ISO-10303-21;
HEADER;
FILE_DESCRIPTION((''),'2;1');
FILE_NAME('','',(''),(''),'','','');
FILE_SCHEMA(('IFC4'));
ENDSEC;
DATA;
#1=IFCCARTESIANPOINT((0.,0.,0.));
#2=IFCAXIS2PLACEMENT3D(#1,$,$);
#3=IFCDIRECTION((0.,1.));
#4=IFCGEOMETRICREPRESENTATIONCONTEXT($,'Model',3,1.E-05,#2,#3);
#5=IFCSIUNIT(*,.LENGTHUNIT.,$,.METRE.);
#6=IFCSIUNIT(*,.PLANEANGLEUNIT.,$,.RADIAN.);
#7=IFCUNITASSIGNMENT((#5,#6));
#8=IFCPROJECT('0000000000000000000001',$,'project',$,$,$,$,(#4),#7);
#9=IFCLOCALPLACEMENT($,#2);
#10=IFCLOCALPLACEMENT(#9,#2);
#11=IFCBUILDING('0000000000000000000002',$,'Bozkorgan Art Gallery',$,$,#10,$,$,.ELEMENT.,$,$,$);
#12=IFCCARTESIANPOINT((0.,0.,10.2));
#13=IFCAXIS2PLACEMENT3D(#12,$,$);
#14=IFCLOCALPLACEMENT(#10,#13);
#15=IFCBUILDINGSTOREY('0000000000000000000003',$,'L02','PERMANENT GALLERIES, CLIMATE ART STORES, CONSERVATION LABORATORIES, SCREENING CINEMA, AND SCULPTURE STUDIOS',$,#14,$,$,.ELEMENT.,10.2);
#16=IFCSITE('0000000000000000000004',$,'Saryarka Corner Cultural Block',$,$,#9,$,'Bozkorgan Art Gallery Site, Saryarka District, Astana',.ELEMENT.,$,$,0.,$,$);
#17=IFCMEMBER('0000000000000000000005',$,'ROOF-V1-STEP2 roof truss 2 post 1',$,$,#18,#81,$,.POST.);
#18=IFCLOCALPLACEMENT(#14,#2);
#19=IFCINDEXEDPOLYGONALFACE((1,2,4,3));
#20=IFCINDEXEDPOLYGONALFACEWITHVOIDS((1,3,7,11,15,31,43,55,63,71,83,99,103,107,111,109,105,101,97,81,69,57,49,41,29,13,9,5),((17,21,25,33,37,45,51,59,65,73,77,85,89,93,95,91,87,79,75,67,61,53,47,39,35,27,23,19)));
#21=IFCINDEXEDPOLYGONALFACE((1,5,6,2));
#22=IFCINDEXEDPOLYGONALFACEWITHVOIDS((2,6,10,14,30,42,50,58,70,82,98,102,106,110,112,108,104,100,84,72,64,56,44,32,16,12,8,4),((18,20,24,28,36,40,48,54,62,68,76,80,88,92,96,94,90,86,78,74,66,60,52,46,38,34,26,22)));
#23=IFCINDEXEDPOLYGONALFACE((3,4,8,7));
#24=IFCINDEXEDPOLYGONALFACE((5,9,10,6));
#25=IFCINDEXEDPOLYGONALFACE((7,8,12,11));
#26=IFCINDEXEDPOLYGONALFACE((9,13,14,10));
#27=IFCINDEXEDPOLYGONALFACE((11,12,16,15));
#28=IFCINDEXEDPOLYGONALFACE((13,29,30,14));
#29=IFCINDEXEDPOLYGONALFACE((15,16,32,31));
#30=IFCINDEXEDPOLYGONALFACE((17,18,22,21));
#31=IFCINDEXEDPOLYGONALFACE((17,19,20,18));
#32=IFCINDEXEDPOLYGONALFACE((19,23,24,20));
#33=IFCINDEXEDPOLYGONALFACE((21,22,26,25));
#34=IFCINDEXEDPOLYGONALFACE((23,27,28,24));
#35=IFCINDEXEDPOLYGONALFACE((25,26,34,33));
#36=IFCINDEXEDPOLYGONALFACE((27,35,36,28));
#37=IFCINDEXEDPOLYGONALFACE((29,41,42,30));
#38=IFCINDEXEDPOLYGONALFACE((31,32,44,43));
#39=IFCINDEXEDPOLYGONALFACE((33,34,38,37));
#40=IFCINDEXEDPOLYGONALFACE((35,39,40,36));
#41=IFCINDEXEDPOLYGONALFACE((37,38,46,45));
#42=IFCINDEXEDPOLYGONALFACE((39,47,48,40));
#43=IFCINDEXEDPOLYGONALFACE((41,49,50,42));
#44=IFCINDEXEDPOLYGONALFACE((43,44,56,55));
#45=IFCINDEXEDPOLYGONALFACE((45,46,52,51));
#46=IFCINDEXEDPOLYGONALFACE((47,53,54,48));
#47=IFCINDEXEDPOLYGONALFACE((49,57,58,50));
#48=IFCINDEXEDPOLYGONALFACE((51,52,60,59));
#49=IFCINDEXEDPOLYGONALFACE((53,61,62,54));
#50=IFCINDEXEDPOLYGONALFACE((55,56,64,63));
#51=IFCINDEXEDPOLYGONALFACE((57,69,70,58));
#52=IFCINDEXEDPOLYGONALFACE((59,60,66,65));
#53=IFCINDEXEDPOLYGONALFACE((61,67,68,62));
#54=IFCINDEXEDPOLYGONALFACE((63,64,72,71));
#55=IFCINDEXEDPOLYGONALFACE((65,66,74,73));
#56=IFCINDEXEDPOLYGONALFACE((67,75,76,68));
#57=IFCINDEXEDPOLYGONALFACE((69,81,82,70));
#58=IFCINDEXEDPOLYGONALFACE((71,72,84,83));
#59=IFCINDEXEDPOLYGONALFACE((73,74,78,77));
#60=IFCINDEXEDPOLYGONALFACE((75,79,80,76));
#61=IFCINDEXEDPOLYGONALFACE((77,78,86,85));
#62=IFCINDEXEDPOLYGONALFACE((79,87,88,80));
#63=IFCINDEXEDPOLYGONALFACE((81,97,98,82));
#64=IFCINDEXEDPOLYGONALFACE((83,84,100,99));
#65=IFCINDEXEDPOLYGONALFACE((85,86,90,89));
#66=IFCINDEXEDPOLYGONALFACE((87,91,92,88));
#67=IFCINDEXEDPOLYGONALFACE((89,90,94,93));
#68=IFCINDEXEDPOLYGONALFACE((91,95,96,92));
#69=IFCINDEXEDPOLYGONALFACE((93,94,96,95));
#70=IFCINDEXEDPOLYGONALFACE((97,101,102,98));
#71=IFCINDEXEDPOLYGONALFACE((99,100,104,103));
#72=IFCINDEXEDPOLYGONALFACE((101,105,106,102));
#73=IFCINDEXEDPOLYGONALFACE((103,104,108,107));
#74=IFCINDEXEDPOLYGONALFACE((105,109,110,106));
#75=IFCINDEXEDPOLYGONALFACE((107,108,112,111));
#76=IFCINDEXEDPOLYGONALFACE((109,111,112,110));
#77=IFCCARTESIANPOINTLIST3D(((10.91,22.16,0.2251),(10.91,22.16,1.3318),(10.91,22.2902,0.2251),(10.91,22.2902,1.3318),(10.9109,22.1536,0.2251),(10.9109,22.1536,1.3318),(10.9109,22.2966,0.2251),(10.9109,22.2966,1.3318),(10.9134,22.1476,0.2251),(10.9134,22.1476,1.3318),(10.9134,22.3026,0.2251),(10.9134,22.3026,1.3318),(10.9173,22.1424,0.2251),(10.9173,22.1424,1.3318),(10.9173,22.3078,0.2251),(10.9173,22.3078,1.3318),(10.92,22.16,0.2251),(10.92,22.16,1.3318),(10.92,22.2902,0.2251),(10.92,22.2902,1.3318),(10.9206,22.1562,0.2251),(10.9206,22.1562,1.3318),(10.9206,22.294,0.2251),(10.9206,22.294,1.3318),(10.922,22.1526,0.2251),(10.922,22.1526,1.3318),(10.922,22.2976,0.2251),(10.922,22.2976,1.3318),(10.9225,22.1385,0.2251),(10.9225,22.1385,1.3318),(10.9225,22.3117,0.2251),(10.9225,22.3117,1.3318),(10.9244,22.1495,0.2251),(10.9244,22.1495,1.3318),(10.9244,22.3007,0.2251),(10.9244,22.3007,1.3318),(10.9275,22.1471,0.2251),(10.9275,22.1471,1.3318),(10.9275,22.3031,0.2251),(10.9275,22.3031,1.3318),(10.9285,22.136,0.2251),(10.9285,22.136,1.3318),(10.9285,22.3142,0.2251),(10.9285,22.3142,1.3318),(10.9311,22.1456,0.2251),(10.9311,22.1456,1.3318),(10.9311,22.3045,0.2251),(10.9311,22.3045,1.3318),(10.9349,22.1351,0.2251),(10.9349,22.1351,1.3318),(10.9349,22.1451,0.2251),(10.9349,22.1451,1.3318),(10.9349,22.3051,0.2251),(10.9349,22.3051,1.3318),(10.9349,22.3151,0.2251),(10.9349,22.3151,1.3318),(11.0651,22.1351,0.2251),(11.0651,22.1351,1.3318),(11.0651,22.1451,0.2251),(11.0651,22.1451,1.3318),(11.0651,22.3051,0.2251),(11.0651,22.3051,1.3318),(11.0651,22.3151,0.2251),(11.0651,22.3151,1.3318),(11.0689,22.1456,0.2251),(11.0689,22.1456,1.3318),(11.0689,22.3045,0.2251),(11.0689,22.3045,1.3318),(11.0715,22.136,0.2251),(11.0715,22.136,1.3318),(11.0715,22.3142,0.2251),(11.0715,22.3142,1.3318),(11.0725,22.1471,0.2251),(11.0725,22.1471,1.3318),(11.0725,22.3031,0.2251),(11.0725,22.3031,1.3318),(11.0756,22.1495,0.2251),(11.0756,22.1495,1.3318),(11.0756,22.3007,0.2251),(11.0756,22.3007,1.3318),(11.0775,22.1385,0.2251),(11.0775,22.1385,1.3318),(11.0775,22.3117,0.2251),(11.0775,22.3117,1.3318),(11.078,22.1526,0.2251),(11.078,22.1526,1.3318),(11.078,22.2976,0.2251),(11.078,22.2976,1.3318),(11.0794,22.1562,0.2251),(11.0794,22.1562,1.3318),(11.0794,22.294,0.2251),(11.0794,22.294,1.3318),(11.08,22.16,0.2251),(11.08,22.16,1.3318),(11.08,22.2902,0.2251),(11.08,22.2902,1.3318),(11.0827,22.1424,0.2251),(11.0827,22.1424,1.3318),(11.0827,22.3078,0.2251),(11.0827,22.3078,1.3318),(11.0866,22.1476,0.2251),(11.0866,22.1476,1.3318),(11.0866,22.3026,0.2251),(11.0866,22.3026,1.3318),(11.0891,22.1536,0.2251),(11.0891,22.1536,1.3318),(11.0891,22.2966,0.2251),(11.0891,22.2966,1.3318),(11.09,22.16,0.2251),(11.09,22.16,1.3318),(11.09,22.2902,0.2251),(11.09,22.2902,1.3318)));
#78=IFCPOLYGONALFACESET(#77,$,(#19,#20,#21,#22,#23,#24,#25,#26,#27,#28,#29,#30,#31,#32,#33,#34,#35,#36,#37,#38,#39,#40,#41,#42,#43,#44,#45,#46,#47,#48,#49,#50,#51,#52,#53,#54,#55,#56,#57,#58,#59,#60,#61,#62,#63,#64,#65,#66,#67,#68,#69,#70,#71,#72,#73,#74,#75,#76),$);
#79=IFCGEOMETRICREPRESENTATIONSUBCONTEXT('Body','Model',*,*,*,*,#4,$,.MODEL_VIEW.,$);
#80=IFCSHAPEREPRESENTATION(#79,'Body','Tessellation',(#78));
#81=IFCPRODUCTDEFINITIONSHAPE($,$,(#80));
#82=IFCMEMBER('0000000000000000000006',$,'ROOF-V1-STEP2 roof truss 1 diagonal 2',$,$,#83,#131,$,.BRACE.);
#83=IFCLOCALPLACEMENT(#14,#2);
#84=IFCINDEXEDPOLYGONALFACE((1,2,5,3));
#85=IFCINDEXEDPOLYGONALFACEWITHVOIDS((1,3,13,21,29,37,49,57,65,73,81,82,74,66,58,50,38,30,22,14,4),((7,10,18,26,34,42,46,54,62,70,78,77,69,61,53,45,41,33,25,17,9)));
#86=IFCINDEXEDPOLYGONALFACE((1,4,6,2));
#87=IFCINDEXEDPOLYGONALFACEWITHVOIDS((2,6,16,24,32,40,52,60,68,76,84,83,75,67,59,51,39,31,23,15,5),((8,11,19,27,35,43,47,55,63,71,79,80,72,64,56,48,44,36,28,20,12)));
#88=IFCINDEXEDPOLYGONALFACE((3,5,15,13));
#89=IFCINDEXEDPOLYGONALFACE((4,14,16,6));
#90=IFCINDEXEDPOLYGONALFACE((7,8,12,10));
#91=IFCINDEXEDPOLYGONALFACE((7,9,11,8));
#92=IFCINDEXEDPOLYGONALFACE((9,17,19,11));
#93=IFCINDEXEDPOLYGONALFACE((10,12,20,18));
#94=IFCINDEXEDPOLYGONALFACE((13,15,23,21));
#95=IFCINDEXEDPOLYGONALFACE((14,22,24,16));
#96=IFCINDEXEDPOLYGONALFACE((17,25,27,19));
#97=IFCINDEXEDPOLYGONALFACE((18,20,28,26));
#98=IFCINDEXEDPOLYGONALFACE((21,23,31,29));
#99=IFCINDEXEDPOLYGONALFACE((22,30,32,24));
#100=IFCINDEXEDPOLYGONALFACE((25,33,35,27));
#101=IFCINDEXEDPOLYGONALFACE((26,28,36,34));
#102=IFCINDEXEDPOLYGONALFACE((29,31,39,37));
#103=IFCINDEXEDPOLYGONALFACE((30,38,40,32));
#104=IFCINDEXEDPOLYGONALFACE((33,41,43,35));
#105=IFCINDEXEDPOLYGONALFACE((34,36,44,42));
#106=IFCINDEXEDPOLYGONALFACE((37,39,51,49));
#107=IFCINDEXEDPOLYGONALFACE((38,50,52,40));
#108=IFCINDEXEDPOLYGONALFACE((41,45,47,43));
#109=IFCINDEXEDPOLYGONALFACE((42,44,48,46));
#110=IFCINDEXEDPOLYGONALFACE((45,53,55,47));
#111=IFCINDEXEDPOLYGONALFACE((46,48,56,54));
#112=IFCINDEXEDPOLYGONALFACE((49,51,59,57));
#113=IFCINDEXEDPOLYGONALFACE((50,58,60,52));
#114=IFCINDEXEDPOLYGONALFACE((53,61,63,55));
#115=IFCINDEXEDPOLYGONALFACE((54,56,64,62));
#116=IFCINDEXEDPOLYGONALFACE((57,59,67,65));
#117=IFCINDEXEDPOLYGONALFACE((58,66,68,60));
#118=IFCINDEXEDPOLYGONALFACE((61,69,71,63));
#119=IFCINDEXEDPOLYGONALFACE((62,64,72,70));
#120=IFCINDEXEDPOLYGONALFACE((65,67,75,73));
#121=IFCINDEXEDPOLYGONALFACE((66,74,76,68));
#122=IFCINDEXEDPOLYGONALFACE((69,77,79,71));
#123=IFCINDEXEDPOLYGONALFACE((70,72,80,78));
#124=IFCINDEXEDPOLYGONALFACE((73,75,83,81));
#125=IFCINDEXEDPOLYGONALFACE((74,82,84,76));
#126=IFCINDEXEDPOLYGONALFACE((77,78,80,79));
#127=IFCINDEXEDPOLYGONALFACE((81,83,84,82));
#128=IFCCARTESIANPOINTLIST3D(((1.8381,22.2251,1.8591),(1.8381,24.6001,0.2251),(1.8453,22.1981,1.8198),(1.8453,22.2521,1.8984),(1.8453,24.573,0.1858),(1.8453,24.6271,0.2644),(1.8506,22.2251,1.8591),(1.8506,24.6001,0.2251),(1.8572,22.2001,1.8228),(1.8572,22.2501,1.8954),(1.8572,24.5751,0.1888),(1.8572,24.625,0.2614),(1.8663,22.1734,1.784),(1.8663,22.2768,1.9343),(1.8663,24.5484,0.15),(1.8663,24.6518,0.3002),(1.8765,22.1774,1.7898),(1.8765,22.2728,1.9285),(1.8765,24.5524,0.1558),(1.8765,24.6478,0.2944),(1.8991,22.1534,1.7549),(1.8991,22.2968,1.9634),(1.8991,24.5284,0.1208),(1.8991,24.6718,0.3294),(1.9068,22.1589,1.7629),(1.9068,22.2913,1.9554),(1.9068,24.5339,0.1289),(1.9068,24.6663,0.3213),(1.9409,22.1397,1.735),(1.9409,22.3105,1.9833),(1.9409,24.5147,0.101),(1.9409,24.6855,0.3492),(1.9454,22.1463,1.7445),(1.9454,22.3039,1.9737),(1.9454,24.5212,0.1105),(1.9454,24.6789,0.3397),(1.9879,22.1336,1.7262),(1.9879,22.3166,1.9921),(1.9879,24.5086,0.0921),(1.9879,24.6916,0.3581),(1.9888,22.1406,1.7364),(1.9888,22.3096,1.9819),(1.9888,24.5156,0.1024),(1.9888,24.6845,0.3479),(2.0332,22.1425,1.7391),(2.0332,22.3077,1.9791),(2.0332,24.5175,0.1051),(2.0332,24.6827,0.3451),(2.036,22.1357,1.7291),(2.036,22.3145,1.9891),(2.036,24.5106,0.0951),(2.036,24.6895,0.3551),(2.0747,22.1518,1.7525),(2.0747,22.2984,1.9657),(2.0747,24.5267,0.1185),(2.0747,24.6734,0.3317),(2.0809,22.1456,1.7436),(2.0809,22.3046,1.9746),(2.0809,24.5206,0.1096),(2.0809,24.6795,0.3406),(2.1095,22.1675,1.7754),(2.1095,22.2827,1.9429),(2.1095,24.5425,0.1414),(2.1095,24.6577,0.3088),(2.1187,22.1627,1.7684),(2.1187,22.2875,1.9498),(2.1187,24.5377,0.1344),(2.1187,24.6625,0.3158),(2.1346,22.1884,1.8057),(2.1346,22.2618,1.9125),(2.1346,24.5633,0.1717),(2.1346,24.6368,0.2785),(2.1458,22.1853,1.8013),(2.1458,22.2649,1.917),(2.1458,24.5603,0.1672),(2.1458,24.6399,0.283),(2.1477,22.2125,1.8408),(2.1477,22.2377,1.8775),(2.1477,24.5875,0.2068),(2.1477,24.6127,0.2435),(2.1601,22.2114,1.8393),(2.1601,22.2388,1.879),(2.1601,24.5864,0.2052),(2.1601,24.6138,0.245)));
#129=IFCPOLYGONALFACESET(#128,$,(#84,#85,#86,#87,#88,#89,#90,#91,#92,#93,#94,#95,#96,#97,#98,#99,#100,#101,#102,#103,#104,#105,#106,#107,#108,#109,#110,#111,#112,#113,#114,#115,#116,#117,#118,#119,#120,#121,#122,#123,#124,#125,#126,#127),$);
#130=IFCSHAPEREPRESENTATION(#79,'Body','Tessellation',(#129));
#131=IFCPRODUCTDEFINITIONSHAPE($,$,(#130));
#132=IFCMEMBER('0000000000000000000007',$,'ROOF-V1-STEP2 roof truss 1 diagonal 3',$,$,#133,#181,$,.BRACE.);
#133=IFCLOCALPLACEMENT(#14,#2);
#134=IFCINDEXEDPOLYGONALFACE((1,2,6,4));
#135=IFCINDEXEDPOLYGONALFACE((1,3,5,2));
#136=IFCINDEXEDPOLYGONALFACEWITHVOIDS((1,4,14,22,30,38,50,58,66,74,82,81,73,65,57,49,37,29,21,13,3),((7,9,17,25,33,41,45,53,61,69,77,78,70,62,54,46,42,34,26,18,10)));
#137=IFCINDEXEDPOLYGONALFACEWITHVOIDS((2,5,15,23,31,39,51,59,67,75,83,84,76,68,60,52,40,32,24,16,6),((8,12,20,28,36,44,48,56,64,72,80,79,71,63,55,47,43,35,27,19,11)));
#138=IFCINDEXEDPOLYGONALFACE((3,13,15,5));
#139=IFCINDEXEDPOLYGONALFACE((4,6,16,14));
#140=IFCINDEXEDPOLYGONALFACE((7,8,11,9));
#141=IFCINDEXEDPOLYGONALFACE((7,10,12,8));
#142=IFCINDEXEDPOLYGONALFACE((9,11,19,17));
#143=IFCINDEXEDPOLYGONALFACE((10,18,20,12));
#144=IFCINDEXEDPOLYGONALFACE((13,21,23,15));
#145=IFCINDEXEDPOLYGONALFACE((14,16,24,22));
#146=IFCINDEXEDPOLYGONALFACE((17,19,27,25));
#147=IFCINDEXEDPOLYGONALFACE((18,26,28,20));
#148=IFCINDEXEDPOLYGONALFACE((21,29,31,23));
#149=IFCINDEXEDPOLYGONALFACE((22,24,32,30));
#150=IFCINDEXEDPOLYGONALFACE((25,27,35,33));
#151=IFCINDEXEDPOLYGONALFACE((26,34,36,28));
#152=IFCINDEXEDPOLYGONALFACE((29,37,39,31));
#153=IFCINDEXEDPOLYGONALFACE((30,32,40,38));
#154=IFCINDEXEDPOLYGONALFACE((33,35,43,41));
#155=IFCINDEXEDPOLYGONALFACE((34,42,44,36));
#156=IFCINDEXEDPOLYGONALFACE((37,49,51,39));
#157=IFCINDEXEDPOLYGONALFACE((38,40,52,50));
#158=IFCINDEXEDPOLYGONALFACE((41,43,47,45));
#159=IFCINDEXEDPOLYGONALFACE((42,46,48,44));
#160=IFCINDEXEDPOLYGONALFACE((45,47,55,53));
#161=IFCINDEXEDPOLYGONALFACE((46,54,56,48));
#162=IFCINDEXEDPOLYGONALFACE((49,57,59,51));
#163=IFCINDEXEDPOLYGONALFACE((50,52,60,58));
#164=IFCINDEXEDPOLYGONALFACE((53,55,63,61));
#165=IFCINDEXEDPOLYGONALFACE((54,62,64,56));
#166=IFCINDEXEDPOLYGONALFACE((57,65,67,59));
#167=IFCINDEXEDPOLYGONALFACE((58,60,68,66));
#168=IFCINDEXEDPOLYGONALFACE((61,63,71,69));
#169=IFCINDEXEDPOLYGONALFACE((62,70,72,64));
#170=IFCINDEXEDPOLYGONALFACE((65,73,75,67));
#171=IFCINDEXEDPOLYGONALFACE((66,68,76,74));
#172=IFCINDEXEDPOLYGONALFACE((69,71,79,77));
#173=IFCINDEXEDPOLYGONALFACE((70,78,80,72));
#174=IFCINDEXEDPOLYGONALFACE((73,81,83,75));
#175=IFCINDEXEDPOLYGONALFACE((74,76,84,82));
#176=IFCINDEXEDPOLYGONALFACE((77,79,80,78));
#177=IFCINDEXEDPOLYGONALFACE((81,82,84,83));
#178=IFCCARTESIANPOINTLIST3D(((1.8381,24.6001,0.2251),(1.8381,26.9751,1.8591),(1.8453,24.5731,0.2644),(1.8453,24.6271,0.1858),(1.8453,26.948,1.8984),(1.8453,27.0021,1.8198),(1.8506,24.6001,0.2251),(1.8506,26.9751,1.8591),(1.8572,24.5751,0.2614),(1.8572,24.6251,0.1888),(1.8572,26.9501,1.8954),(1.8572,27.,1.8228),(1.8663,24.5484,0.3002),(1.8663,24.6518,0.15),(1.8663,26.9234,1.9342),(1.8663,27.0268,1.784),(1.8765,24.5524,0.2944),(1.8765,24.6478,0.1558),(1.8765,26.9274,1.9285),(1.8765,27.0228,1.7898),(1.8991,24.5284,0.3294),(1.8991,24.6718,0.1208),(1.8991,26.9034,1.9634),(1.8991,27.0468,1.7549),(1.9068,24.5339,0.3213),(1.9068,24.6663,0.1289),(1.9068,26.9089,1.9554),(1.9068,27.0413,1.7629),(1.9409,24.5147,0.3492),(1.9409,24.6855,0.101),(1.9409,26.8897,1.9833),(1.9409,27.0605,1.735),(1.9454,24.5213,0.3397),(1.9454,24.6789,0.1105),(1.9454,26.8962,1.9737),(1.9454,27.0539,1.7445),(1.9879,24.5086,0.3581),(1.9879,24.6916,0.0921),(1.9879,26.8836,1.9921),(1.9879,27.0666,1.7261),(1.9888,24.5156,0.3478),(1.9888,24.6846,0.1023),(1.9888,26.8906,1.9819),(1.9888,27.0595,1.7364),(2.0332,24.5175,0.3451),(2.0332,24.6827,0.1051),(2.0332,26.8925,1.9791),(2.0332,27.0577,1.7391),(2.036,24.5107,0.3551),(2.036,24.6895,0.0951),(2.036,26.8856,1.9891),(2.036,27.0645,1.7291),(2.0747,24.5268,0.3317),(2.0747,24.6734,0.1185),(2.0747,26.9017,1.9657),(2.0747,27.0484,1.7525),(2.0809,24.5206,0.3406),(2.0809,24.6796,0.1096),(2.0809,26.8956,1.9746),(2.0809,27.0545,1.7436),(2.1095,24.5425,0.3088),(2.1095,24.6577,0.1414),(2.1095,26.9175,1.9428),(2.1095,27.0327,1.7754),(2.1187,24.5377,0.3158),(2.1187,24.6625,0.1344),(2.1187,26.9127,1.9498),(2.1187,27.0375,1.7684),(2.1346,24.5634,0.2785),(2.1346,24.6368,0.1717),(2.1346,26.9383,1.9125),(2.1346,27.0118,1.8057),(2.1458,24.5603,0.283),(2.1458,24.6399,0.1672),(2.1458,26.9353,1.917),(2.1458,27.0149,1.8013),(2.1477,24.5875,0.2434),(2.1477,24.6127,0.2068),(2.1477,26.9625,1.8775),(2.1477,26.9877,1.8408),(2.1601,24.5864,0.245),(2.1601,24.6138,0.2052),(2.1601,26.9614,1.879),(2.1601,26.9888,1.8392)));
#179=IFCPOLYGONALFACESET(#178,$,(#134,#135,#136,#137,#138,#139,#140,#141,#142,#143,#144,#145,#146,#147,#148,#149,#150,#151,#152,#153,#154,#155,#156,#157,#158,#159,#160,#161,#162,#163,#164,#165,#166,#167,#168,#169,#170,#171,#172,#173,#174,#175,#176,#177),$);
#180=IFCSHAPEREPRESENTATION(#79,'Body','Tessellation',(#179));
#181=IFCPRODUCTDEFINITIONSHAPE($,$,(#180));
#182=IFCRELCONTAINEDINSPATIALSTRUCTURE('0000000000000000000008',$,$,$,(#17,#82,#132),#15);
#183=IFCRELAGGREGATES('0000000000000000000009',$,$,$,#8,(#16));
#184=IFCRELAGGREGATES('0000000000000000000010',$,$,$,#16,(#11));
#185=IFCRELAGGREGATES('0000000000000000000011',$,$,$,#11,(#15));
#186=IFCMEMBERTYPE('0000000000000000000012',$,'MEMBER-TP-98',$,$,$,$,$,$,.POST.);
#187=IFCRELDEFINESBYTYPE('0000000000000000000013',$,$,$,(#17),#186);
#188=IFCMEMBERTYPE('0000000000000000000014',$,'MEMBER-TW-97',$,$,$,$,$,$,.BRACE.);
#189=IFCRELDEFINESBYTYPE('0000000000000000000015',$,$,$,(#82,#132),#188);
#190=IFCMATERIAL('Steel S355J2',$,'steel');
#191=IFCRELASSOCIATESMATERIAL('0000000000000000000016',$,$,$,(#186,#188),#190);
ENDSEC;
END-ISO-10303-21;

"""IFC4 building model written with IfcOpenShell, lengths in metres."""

from ifc_helpers import new_model, si_unit, direction, frame, origin, origin_2d, place, context, subcontext, project, spatial, hollow_rectangle, hollow_circle, extrude, material, material_profile, profile_set, type_object, element, save


model = new_model("IFC4")

# Units and contexts
model_context = context("Model", 3, precision=1e-05, world=origin(), true_north=direction((0.0, 1.0)))
body_context = subcontext(model_context, "Body", "Model", "MODEL_VIEW")
ifc_project = project(units=[si_unit("LENGTHUNIT", "METRE"), si_unit("PLANEANGLEUNIT", "RADIAN")], contexts=[model_context])

# Site, building, storey
site_placement = place(None, origin())
site = spatial("IfcSite", under=ifc_project, at=site_placement, Name="Saryarka Corner Cultural Block", LongName="Bozkorgan Art Gallery Site, Saryarka District, Astana", CompositionType="ELEMENT", RefElevation=0.0)
building_placement = place(site_placement, origin())
building = spatial("IfcBuilding", under=site, at=building_placement, Name="Bozkorgan Art Gallery", CompositionType="ELEMENT")
storey_placement = place(building_placement, frame((0.0, 0.0, 10.2)))
storey = spatial("IfcBuildingStorey", under=building, at=storey_placement, Name="L02", Description="PERMANENT GALLERIES, CLIMATE ART STORES, CONSERVATION LABORATORIES, SCREENING CINEMA, AND SCULPTURE STUDIOS", CompositionType="ELEMENT", Elevation=10.2)

# Members
ifc_material_1 = material(Name="Steel S355J2", Category="steel")
ifc_material_profile_1 = material_profile(ifc_material_1, hollow_rectangle(XDim=0.1799, YDim=0.1799, WallThickness=0.01, InnerFilletRadius=0.0149, OuterFilletRadius=0.0249, at=origin_2d()), Name="SHS 180x180x10")
ifc_profile_set_1 = profile_set([ifc_material_profile_1], Name="Steel S355J2")
member_type_1 = type_object("IfcMemberType", Name="MEMBER-TP-98", PredefinedType="POST", material=ifc_profile_set_1)
member_1_placement = place(storey_placement, frame((11.0, 22.2251, 0.2251), z_axis=(0.0, 0.0, 1.0), x_axis=(1.0, 0.0, 0.0)))
element("IfcMember", 1, at=member_1_placement, inside=storey, type_object=member_type_1, Name="ROOF-V1-STEP2 roof truss 2 post 1", PredefinedType="POST", context=body_context, shape_type="SweptSolid", body=[
    extrude(hollow_rectangle(XDim=0.1799, YDim=0.1799, WallThickness=0.01, InnerFilletRadius=0.0149, OuterFilletRadius=0.0249, at=origin_2d()), origin(), (0.0, 0.0, 1.0), 1.1067),
])
ifc_material_profile_2 = material_profile(ifc_material_1, hollow_circle(Radius=0.1619, WallThickness=0.0125, at=origin_2d()), Name="CHS 323.9x12.5")
ifc_profile_set_2 = profile_set([ifc_material_profile_2], Name="Steel S355J2")
member_type_2 = type_object("IfcMemberType", Name="MEMBER-TW-97", PredefinedType="BRACE", material=ifc_profile_set_2)
for number, where, z_axis, x_axis, name in (
    (2, (2.0, 22.2251, 1.8591), (0.0, 0.823844, -0.566816), (-1.0, 0.0, 0.0), "ROOF-V1-STEP2 roof truss 1 diagonal 2"),
    (3, (2.0, 24.6001, 0.2251), (0.0, 0.823844, 0.566816), (-1.0, 0.0, 0.0), "ROOF-V1-STEP2 roof truss 1 diagonal 3"),
):
    element("IfcMember", number, at=place(storey_placement, frame(where, z_axis=z_axis, x_axis=x_axis)), inside=storey, type_object=member_type_2, Name=name, PredefinedType="BRACE", context=body_context, shape_type="SweptSolid", body=[
        extrude(hollow_circle(Radius=0.1619, WallThickness=0.0125, at=origin_2d()), origin(), (0.0, 0.0, 1.0), 2.8828),
    ])

save(model, "model.ifc")
